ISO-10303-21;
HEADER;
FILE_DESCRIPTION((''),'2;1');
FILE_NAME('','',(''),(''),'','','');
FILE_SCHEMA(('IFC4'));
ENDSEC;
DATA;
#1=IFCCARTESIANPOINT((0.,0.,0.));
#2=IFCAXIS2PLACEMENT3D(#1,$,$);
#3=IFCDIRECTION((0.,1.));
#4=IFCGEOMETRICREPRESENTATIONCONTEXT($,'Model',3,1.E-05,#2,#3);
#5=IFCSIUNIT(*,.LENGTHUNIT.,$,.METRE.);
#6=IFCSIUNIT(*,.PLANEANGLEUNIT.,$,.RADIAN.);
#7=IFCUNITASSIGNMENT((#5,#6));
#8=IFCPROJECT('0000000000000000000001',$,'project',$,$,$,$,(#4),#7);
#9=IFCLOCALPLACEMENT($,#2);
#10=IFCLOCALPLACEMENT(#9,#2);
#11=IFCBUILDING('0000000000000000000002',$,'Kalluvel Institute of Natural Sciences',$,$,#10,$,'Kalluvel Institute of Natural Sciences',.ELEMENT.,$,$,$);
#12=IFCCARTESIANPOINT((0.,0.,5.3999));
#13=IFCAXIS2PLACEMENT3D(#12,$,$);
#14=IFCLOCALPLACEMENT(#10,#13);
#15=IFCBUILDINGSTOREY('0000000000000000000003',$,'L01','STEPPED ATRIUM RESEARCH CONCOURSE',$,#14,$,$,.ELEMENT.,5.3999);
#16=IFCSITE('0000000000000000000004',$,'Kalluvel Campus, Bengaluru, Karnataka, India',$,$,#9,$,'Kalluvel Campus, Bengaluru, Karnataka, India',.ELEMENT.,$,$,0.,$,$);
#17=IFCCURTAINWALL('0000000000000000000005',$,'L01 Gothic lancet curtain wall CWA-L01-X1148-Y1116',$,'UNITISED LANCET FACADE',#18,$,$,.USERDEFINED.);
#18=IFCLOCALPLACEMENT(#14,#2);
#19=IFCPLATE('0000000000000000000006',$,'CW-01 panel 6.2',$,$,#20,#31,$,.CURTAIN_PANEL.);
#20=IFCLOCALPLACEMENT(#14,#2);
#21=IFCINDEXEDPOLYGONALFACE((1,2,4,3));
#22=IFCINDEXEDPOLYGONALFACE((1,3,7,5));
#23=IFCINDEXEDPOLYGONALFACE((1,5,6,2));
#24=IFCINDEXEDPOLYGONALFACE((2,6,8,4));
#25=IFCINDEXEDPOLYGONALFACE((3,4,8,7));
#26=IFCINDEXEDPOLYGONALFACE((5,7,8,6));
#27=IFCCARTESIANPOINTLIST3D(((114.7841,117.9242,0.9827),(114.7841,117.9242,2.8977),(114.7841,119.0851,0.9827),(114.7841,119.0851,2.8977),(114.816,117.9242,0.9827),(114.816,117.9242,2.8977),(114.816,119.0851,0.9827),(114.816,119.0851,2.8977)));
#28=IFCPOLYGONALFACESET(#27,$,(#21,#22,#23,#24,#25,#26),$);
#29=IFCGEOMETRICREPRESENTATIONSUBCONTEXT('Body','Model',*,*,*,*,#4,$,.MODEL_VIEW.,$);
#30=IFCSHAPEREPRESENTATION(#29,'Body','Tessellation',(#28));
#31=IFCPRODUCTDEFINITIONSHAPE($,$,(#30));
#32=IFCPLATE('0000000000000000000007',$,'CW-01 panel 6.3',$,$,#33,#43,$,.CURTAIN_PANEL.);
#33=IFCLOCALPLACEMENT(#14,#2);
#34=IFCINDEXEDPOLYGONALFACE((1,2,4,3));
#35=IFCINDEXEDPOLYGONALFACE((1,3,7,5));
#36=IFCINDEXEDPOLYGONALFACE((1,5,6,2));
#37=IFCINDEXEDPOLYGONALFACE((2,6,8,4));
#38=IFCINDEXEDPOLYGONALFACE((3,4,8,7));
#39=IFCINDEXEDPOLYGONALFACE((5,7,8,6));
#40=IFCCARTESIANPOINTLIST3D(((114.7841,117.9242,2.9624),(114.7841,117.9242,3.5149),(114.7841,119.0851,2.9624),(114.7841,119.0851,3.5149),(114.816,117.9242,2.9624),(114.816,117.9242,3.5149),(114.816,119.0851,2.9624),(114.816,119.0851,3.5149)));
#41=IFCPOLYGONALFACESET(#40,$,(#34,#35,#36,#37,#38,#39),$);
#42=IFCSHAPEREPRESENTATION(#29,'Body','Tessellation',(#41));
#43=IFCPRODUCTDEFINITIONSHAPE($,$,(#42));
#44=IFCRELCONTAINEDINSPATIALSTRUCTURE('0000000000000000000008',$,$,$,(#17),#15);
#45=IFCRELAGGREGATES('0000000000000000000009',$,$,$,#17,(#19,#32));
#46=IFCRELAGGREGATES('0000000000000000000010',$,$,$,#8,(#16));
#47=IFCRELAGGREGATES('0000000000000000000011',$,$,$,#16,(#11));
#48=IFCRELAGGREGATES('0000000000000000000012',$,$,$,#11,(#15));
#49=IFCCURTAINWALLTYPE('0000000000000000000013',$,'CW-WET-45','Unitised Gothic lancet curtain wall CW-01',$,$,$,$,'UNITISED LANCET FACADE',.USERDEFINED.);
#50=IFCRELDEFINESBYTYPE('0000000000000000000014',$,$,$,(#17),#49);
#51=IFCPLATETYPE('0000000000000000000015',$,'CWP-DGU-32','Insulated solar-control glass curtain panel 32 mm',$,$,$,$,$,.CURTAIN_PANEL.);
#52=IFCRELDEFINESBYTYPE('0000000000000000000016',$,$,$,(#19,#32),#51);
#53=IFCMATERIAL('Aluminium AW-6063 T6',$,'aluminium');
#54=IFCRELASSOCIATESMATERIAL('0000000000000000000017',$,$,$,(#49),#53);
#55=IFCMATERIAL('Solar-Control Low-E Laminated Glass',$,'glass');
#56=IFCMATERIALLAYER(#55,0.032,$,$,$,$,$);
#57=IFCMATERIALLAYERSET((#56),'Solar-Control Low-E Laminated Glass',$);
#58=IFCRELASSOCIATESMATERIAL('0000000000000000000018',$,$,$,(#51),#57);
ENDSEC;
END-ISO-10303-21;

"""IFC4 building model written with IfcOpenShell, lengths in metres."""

from ifc_helpers import new_model, si_unit, direction, frame, origin, origin_2d, place, context, subcontext, project, spatial, rectangle, extrude, material, layer, layer_set, type_object, element, aggregate, save


model = new_model("IFC4")

# Units and contexts
model_context = context("Model", 3, precision=1e-05, world=origin(), true_north=direction((0.0, 1.0)))
body_context = subcontext(model_context, "Body", "Model", "MODEL_VIEW")
ifc_project = project(units=[si_unit("LENGTHUNIT", "METRE"), si_unit("PLANEANGLEUNIT", "RADIAN")], contexts=[model_context])

# Site, building, storey
site_placement = place(None, origin())
site = spatial("IfcSite", under=ifc_project, at=site_placement, Name="Kalluvel Campus, Bengaluru, Karnataka, India", LongName="Kalluvel Campus, Bengaluru, Karnataka, India", CompositionType="ELEMENT", RefElevation=0.0)
building_placement = place(site_placement, origin())
building = spatial("IfcBuilding", under=site, at=building_placement, Name="Kalluvel Institute of Natural Sciences", LongName="Kalluvel Institute of Natural Sciences", CompositionType="ELEMENT")
storey_placement = place(building_placement, frame((0.0, 0.0, 5.3999)))
storey = spatial("IfcBuildingStorey", under=building, at=storey_placement, Name="L01", Description="STEPPED ATRIUM RESEARCH CONCOURSE", CompositionType="ELEMENT", Elevation=5.3999)

# Shared definitions
ifc_material_1 = material(Name="Aluminium AW-6063 T6", Category="aluminium")
curtain_wall_type = type_object("IfcCurtainWallType", Name="CW-WET-45", Description="Unitised Gothic lancet curtain wall CW-01", ElementType="UNITISED LANCET FACADE", PredefinedType="USERDEFINED", material=ifc_material_1)

# Curtain wall
curtain_wall_1_placement = place(storey_placement, origin())
curtain_wall_1 = element("IfcCurtainWall", 1, at=curtain_wall_1_placement, inside=storey, type_object=curtain_wall_type, Name="L01 Gothic lancet curtain wall CWA-L01-X1148-Y1116", ObjectType="UNITISED LANCET FACADE", PredefinedType="USERDEFINED")

# Plates
ifc_material_2 = material(Name="Solar-Control Low-E Laminated Glass", Category="glass")
ifc_layer = layer(ifc_material_2, 0.032)
ifc_layer_set = layer_set([ifc_layer], Name="Solar-Control Low-E Laminated Glass")
plate_type = type_object("IfcPlateType", Name="CWP-DGU-32", Description="Insulated solar-control glass curtain panel 32 mm", PredefinedType="CURTAIN_PANEL", material=ifc_layer_set)
plate_1_placement = place(storey_placement, frame((114.8, 118.5046, 0.9827), z_axis=(0.0, 0.0, 1.0), x_axis=(0.0, 1.0, 0.0)))
plate_1 = element("IfcPlate", 2, at=plate_1_placement, type_object=plate_type, Name="CW-01 panel 6.2", PredefinedType="CURTAIN_PANEL", context=body_context, shape_type="SweptSolid", body=[
    extrude(rectangle(XDim=1.1609, YDim=0.032, at=origin_2d()), origin(), (0.0, 0.0, 1.0), 1.915),
])
plate_2_placement = place(storey_placement, frame((114.8, 118.5046, 2.9624), z_axis=(0.0, 0.0, 1.0), x_axis=(0.0, 1.0, 0.0)))
plate_2 = element("IfcPlate", 3, at=plate_2_placement, type_object=plate_type, Name="CW-01 panel 6.3", PredefinedType="CURTAIN_PANEL", context=body_context, shape_type="SweptSolid", body=[
    extrude(rectangle(XDim=1.1609, YDim=0.032, at=origin_2d()), origin(), (0.0, 0.0, 1.0), 0.5525),
])
aggregate(curtain_wall_1, [plate_1, plate_2])

save(model, "model.ifc")
